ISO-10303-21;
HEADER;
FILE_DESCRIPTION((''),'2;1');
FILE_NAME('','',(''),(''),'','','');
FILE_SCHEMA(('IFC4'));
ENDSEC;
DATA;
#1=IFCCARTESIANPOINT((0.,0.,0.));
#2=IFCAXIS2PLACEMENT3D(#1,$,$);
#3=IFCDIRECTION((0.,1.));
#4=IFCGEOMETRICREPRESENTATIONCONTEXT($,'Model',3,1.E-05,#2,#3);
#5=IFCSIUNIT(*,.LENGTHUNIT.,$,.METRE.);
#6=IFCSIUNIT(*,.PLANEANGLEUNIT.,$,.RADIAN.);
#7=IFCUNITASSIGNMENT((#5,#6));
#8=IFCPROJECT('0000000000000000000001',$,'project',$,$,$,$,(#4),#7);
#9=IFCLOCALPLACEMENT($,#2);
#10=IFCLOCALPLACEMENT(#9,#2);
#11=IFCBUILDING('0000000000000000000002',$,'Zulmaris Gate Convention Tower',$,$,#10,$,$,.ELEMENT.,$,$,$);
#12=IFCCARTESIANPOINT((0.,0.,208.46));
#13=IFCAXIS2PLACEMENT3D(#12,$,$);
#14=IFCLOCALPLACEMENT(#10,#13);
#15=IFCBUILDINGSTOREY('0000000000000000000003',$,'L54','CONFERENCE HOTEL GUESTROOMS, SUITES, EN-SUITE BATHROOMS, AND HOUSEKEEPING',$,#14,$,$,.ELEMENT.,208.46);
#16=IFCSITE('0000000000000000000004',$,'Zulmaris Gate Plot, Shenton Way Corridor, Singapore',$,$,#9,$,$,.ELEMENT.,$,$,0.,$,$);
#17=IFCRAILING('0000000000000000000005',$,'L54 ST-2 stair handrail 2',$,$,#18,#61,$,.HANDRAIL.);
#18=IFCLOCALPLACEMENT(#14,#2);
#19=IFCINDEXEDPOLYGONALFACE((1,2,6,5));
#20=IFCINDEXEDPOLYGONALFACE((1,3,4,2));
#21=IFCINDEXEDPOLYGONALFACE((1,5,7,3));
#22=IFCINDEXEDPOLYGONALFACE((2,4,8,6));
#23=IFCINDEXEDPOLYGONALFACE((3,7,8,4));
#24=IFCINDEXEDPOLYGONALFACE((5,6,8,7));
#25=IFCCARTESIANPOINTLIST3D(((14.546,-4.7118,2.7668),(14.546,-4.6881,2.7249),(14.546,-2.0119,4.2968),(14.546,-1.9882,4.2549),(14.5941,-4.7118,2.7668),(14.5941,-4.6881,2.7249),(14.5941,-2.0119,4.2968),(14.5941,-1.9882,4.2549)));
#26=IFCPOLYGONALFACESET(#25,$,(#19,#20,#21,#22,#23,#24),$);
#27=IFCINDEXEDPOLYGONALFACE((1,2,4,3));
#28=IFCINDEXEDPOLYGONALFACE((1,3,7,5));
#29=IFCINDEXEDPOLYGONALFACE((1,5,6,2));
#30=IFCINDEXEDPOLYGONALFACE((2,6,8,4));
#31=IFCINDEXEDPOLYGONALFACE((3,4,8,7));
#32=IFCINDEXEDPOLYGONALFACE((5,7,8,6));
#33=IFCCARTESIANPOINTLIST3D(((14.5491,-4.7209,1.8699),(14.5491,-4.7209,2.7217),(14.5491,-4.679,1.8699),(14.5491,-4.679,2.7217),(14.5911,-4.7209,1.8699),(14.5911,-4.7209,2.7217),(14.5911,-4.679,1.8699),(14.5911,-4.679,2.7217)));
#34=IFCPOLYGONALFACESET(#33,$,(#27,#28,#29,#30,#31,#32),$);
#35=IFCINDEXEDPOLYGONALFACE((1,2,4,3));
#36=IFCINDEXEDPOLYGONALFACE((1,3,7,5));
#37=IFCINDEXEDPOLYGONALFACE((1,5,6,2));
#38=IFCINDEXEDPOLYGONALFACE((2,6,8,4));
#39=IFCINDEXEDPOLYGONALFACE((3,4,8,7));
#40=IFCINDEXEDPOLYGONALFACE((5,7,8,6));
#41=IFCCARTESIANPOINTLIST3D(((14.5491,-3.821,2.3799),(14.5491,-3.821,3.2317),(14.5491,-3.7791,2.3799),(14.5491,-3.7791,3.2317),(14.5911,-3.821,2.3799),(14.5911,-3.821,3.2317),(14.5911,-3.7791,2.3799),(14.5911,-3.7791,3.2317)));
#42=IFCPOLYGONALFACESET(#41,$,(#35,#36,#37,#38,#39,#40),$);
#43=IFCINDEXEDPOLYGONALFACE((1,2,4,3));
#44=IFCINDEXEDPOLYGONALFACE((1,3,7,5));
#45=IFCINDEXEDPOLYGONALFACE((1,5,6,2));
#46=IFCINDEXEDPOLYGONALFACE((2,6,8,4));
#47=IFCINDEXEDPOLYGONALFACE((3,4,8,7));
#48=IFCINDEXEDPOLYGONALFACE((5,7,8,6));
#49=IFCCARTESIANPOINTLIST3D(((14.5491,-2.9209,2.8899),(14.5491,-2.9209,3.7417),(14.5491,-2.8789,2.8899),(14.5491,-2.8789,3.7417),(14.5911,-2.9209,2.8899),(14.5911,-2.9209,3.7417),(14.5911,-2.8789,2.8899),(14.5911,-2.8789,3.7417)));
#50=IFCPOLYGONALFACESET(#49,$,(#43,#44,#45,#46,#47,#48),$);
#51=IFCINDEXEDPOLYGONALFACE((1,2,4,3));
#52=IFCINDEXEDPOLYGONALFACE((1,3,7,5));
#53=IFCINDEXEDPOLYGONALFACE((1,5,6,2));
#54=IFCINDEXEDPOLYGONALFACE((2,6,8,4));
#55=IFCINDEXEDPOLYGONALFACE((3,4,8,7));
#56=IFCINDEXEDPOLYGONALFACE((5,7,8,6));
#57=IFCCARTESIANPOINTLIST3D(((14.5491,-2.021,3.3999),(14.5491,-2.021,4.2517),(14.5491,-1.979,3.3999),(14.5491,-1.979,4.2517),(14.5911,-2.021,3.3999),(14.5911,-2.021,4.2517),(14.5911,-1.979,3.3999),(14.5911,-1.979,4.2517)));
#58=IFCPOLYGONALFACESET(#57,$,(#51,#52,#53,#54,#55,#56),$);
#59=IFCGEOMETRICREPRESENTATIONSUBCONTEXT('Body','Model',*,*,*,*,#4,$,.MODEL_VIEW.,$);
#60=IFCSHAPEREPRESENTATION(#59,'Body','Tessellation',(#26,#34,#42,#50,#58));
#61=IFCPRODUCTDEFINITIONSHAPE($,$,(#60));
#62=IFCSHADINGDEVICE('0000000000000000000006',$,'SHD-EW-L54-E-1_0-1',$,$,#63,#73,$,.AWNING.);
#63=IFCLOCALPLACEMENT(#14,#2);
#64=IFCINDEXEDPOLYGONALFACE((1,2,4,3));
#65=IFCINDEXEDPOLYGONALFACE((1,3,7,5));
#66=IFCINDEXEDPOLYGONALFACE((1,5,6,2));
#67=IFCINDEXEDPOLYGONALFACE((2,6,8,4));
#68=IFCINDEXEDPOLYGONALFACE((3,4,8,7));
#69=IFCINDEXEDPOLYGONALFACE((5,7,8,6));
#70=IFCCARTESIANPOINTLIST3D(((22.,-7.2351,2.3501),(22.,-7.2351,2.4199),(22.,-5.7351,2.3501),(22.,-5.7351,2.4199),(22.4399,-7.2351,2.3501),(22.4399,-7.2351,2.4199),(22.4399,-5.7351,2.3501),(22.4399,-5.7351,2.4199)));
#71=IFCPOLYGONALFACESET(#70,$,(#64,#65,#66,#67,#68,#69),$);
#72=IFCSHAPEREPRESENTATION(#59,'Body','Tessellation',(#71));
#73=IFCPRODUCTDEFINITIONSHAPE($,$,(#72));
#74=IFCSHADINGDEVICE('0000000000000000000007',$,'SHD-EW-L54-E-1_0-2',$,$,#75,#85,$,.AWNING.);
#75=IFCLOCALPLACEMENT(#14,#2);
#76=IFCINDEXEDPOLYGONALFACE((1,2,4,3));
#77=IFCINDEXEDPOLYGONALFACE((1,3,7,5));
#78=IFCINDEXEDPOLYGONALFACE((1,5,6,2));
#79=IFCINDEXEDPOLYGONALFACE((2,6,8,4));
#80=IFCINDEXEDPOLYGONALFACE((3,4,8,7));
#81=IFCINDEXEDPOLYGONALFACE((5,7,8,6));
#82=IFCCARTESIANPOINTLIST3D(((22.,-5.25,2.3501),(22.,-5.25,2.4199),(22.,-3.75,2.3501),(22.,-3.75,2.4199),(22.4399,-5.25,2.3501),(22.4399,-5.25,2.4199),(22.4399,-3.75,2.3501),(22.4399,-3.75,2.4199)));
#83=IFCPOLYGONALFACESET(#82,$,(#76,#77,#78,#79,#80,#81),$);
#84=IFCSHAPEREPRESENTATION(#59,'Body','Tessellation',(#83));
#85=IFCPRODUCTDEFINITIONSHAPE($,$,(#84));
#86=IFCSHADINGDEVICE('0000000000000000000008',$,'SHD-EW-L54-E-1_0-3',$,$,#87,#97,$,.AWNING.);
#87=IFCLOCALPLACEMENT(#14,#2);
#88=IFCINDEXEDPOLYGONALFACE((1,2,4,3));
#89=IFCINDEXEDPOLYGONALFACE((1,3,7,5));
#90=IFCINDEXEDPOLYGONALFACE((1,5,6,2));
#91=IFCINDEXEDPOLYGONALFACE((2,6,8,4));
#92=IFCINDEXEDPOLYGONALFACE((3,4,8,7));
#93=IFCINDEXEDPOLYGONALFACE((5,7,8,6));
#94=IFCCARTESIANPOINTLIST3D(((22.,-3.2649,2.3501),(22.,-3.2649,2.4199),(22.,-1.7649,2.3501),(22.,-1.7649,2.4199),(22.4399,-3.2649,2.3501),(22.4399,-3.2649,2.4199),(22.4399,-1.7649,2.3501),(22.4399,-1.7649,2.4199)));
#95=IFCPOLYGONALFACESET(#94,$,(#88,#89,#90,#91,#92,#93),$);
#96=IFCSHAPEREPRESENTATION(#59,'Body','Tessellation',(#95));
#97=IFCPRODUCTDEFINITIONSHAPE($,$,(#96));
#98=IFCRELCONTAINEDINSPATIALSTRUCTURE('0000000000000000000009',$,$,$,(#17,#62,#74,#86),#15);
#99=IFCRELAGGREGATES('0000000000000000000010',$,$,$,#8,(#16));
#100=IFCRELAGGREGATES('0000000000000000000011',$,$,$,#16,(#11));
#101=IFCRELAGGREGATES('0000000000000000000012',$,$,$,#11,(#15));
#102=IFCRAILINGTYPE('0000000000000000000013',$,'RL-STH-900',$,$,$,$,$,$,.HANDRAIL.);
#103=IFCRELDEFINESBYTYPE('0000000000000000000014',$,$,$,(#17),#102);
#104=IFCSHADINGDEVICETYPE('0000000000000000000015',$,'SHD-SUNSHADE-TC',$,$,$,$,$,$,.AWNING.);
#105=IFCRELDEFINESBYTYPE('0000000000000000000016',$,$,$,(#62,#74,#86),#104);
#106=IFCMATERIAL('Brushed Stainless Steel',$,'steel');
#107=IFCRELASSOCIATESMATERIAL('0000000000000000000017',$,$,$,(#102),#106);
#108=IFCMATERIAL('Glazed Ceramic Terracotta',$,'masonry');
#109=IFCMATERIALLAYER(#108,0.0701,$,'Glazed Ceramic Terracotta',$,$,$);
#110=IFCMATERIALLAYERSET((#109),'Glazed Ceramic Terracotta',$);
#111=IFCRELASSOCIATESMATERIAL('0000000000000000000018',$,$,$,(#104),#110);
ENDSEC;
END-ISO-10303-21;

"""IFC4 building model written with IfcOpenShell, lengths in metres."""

from ifc_helpers import new_model, si_unit, direction, frame, frame_2d, origin, origin_2d, place, context, subcontext, project, spatial, rectangle, extrude, material, layer, layer_set, type_object, element, save


model = new_model("IFC4")

# Units and contexts
model_context = context("Model", 3, precision=1e-05, world=origin(), true_north=direction((0.0, 1.0)))
body_context = subcontext(model_context, "Body", "Model", "MODEL_VIEW")
ifc_project = project(units=[si_unit("LENGTHUNIT", "METRE"), si_unit("PLANEANGLEUNIT", "RADIAN")], contexts=[model_context])

# Site, building, storey
site_placement = place(None, origin())
site = spatial("IfcSite", under=ifc_project, at=site_placement, Name="Zulmaris Gate Plot, Shenton Way Corridor, Singapore", CompositionType="ELEMENT", RefElevation=0.0)
building_placement = place(site_placement, origin())
building = spatial("IfcBuilding", under=site, at=building_placement, Name="Zulmaris Gate Convention Tower", CompositionType="ELEMENT")
storey_placement = place(building_placement, frame((0.0, 0.0, 208.46)))
storey = spatial("IfcBuildingStorey", under=building, at=storey_placement, Name="L54", Description="CONFERENCE HOTEL GUESTROOMS, SUITES, EN-SUITE BATHROOMS, AND HOUSEKEEPING", CompositionType="ELEMENT", Elevation=208.46)

# Railing
ifc_material_1 = material(Name="Brushed Stainless Steel", Category="steel")
railing_type_1 = type_object("IfcRailingType", Name="RL-STH-900", PredefinedType="HANDRAIL", material=ifc_material_1)
railing_1_placement = place(storey_placement, frame((14.5701, -4.7, 1.8699)))
element("IfcRailing", 1, at=railing_1_placement, inside=storey, type_object=railing_type_1, Name="L54 ST-2 stair handrail 2", PredefinedType="HANDRAIL", context=body_context, shape_type="SweptSolid", body=[
    extrude(rectangle(XDim=0.0481, YDim=0.0481, at=origin_2d()), frame((0.0, 0.0, 0.876), z_axis=(0.0, 0.870014, 0.493026), x_axis=(-1.0, 0.0, 0.0)), (0.0, 0.0, 1.0), 3.1033),
    extrude(rectangle(XDim=0.042, YDim=0.042, at=origin_2d()), origin(), (0.0, 0.0, 1.0), 0.8518),
    extrude(rectangle(XDim=0.042, YDim=0.042, at=origin_2d()), frame((0.0, 0.8999, 0.51)), (0.0, 0.0, 1.0), 0.8518),
    extrude(rectangle(XDim=0.042, YDim=0.042, at=origin_2d()), frame((0.0, 1.8, 1.02)), (0.0, 0.0, 1.0), 0.8518),
    extrude(rectangle(XDim=0.042, YDim=0.042, at=origin_2d()), frame((0.0, 2.7, 1.53)), (0.0, 0.0, 1.0), 0.8518),
])

# Shading devices
ifc_material_2 = material(Name="Glazed Ceramic Terracotta", Category="masonry")
ifc_layer_1 = layer(ifc_material_2, 0.0701, Name="Glazed Ceramic Terracotta")
ifc_layer_set_1 = layer_set([ifc_layer_1], Name="Glazed Ceramic Terracotta")
shading_device_type = type_object("IfcShadingDeviceType", Name="SHD-SUNSHADE-TC", PredefinedType="AWNING", material=ifc_layer_set_1)
for number, where, z_axis, x_axis, name in (
    (2, (22.22, -7.2351, 2.3501), (0.0, 0.0, 1.0), (0.0, 1.0, 0.0), "SHD-EW-L54-E-1_0-1"),
    (3, (22.22, -5.25, 2.3501), (0.0, 0.0, 1.0), (0.0, 1.0, 0.0), "SHD-EW-L54-E-1_0-2"),
    (4, (22.22, -3.2649, 2.3501), (0.0, 0.0, 1.0), (0.0, 1.0, 0.0), "SHD-EW-L54-E-1_0-3"),
):
    element("IfcShadingDevice", number, at=place(storey_placement, frame(where, z_axis=z_axis, x_axis=x_axis)), inside=storey, type_object=shading_device_type, Name=name, PredefinedType="AWNING", context=body_context, shape_type="SweptSolid", body=[
        extrude(rectangle(XDim=1.5, YDim=0.4399, at=frame_2d((0.75, 0.0))), origin(), (0.0, 0.0, 1.0), 0.0698),
    ])

save(model, "model.ifc")
